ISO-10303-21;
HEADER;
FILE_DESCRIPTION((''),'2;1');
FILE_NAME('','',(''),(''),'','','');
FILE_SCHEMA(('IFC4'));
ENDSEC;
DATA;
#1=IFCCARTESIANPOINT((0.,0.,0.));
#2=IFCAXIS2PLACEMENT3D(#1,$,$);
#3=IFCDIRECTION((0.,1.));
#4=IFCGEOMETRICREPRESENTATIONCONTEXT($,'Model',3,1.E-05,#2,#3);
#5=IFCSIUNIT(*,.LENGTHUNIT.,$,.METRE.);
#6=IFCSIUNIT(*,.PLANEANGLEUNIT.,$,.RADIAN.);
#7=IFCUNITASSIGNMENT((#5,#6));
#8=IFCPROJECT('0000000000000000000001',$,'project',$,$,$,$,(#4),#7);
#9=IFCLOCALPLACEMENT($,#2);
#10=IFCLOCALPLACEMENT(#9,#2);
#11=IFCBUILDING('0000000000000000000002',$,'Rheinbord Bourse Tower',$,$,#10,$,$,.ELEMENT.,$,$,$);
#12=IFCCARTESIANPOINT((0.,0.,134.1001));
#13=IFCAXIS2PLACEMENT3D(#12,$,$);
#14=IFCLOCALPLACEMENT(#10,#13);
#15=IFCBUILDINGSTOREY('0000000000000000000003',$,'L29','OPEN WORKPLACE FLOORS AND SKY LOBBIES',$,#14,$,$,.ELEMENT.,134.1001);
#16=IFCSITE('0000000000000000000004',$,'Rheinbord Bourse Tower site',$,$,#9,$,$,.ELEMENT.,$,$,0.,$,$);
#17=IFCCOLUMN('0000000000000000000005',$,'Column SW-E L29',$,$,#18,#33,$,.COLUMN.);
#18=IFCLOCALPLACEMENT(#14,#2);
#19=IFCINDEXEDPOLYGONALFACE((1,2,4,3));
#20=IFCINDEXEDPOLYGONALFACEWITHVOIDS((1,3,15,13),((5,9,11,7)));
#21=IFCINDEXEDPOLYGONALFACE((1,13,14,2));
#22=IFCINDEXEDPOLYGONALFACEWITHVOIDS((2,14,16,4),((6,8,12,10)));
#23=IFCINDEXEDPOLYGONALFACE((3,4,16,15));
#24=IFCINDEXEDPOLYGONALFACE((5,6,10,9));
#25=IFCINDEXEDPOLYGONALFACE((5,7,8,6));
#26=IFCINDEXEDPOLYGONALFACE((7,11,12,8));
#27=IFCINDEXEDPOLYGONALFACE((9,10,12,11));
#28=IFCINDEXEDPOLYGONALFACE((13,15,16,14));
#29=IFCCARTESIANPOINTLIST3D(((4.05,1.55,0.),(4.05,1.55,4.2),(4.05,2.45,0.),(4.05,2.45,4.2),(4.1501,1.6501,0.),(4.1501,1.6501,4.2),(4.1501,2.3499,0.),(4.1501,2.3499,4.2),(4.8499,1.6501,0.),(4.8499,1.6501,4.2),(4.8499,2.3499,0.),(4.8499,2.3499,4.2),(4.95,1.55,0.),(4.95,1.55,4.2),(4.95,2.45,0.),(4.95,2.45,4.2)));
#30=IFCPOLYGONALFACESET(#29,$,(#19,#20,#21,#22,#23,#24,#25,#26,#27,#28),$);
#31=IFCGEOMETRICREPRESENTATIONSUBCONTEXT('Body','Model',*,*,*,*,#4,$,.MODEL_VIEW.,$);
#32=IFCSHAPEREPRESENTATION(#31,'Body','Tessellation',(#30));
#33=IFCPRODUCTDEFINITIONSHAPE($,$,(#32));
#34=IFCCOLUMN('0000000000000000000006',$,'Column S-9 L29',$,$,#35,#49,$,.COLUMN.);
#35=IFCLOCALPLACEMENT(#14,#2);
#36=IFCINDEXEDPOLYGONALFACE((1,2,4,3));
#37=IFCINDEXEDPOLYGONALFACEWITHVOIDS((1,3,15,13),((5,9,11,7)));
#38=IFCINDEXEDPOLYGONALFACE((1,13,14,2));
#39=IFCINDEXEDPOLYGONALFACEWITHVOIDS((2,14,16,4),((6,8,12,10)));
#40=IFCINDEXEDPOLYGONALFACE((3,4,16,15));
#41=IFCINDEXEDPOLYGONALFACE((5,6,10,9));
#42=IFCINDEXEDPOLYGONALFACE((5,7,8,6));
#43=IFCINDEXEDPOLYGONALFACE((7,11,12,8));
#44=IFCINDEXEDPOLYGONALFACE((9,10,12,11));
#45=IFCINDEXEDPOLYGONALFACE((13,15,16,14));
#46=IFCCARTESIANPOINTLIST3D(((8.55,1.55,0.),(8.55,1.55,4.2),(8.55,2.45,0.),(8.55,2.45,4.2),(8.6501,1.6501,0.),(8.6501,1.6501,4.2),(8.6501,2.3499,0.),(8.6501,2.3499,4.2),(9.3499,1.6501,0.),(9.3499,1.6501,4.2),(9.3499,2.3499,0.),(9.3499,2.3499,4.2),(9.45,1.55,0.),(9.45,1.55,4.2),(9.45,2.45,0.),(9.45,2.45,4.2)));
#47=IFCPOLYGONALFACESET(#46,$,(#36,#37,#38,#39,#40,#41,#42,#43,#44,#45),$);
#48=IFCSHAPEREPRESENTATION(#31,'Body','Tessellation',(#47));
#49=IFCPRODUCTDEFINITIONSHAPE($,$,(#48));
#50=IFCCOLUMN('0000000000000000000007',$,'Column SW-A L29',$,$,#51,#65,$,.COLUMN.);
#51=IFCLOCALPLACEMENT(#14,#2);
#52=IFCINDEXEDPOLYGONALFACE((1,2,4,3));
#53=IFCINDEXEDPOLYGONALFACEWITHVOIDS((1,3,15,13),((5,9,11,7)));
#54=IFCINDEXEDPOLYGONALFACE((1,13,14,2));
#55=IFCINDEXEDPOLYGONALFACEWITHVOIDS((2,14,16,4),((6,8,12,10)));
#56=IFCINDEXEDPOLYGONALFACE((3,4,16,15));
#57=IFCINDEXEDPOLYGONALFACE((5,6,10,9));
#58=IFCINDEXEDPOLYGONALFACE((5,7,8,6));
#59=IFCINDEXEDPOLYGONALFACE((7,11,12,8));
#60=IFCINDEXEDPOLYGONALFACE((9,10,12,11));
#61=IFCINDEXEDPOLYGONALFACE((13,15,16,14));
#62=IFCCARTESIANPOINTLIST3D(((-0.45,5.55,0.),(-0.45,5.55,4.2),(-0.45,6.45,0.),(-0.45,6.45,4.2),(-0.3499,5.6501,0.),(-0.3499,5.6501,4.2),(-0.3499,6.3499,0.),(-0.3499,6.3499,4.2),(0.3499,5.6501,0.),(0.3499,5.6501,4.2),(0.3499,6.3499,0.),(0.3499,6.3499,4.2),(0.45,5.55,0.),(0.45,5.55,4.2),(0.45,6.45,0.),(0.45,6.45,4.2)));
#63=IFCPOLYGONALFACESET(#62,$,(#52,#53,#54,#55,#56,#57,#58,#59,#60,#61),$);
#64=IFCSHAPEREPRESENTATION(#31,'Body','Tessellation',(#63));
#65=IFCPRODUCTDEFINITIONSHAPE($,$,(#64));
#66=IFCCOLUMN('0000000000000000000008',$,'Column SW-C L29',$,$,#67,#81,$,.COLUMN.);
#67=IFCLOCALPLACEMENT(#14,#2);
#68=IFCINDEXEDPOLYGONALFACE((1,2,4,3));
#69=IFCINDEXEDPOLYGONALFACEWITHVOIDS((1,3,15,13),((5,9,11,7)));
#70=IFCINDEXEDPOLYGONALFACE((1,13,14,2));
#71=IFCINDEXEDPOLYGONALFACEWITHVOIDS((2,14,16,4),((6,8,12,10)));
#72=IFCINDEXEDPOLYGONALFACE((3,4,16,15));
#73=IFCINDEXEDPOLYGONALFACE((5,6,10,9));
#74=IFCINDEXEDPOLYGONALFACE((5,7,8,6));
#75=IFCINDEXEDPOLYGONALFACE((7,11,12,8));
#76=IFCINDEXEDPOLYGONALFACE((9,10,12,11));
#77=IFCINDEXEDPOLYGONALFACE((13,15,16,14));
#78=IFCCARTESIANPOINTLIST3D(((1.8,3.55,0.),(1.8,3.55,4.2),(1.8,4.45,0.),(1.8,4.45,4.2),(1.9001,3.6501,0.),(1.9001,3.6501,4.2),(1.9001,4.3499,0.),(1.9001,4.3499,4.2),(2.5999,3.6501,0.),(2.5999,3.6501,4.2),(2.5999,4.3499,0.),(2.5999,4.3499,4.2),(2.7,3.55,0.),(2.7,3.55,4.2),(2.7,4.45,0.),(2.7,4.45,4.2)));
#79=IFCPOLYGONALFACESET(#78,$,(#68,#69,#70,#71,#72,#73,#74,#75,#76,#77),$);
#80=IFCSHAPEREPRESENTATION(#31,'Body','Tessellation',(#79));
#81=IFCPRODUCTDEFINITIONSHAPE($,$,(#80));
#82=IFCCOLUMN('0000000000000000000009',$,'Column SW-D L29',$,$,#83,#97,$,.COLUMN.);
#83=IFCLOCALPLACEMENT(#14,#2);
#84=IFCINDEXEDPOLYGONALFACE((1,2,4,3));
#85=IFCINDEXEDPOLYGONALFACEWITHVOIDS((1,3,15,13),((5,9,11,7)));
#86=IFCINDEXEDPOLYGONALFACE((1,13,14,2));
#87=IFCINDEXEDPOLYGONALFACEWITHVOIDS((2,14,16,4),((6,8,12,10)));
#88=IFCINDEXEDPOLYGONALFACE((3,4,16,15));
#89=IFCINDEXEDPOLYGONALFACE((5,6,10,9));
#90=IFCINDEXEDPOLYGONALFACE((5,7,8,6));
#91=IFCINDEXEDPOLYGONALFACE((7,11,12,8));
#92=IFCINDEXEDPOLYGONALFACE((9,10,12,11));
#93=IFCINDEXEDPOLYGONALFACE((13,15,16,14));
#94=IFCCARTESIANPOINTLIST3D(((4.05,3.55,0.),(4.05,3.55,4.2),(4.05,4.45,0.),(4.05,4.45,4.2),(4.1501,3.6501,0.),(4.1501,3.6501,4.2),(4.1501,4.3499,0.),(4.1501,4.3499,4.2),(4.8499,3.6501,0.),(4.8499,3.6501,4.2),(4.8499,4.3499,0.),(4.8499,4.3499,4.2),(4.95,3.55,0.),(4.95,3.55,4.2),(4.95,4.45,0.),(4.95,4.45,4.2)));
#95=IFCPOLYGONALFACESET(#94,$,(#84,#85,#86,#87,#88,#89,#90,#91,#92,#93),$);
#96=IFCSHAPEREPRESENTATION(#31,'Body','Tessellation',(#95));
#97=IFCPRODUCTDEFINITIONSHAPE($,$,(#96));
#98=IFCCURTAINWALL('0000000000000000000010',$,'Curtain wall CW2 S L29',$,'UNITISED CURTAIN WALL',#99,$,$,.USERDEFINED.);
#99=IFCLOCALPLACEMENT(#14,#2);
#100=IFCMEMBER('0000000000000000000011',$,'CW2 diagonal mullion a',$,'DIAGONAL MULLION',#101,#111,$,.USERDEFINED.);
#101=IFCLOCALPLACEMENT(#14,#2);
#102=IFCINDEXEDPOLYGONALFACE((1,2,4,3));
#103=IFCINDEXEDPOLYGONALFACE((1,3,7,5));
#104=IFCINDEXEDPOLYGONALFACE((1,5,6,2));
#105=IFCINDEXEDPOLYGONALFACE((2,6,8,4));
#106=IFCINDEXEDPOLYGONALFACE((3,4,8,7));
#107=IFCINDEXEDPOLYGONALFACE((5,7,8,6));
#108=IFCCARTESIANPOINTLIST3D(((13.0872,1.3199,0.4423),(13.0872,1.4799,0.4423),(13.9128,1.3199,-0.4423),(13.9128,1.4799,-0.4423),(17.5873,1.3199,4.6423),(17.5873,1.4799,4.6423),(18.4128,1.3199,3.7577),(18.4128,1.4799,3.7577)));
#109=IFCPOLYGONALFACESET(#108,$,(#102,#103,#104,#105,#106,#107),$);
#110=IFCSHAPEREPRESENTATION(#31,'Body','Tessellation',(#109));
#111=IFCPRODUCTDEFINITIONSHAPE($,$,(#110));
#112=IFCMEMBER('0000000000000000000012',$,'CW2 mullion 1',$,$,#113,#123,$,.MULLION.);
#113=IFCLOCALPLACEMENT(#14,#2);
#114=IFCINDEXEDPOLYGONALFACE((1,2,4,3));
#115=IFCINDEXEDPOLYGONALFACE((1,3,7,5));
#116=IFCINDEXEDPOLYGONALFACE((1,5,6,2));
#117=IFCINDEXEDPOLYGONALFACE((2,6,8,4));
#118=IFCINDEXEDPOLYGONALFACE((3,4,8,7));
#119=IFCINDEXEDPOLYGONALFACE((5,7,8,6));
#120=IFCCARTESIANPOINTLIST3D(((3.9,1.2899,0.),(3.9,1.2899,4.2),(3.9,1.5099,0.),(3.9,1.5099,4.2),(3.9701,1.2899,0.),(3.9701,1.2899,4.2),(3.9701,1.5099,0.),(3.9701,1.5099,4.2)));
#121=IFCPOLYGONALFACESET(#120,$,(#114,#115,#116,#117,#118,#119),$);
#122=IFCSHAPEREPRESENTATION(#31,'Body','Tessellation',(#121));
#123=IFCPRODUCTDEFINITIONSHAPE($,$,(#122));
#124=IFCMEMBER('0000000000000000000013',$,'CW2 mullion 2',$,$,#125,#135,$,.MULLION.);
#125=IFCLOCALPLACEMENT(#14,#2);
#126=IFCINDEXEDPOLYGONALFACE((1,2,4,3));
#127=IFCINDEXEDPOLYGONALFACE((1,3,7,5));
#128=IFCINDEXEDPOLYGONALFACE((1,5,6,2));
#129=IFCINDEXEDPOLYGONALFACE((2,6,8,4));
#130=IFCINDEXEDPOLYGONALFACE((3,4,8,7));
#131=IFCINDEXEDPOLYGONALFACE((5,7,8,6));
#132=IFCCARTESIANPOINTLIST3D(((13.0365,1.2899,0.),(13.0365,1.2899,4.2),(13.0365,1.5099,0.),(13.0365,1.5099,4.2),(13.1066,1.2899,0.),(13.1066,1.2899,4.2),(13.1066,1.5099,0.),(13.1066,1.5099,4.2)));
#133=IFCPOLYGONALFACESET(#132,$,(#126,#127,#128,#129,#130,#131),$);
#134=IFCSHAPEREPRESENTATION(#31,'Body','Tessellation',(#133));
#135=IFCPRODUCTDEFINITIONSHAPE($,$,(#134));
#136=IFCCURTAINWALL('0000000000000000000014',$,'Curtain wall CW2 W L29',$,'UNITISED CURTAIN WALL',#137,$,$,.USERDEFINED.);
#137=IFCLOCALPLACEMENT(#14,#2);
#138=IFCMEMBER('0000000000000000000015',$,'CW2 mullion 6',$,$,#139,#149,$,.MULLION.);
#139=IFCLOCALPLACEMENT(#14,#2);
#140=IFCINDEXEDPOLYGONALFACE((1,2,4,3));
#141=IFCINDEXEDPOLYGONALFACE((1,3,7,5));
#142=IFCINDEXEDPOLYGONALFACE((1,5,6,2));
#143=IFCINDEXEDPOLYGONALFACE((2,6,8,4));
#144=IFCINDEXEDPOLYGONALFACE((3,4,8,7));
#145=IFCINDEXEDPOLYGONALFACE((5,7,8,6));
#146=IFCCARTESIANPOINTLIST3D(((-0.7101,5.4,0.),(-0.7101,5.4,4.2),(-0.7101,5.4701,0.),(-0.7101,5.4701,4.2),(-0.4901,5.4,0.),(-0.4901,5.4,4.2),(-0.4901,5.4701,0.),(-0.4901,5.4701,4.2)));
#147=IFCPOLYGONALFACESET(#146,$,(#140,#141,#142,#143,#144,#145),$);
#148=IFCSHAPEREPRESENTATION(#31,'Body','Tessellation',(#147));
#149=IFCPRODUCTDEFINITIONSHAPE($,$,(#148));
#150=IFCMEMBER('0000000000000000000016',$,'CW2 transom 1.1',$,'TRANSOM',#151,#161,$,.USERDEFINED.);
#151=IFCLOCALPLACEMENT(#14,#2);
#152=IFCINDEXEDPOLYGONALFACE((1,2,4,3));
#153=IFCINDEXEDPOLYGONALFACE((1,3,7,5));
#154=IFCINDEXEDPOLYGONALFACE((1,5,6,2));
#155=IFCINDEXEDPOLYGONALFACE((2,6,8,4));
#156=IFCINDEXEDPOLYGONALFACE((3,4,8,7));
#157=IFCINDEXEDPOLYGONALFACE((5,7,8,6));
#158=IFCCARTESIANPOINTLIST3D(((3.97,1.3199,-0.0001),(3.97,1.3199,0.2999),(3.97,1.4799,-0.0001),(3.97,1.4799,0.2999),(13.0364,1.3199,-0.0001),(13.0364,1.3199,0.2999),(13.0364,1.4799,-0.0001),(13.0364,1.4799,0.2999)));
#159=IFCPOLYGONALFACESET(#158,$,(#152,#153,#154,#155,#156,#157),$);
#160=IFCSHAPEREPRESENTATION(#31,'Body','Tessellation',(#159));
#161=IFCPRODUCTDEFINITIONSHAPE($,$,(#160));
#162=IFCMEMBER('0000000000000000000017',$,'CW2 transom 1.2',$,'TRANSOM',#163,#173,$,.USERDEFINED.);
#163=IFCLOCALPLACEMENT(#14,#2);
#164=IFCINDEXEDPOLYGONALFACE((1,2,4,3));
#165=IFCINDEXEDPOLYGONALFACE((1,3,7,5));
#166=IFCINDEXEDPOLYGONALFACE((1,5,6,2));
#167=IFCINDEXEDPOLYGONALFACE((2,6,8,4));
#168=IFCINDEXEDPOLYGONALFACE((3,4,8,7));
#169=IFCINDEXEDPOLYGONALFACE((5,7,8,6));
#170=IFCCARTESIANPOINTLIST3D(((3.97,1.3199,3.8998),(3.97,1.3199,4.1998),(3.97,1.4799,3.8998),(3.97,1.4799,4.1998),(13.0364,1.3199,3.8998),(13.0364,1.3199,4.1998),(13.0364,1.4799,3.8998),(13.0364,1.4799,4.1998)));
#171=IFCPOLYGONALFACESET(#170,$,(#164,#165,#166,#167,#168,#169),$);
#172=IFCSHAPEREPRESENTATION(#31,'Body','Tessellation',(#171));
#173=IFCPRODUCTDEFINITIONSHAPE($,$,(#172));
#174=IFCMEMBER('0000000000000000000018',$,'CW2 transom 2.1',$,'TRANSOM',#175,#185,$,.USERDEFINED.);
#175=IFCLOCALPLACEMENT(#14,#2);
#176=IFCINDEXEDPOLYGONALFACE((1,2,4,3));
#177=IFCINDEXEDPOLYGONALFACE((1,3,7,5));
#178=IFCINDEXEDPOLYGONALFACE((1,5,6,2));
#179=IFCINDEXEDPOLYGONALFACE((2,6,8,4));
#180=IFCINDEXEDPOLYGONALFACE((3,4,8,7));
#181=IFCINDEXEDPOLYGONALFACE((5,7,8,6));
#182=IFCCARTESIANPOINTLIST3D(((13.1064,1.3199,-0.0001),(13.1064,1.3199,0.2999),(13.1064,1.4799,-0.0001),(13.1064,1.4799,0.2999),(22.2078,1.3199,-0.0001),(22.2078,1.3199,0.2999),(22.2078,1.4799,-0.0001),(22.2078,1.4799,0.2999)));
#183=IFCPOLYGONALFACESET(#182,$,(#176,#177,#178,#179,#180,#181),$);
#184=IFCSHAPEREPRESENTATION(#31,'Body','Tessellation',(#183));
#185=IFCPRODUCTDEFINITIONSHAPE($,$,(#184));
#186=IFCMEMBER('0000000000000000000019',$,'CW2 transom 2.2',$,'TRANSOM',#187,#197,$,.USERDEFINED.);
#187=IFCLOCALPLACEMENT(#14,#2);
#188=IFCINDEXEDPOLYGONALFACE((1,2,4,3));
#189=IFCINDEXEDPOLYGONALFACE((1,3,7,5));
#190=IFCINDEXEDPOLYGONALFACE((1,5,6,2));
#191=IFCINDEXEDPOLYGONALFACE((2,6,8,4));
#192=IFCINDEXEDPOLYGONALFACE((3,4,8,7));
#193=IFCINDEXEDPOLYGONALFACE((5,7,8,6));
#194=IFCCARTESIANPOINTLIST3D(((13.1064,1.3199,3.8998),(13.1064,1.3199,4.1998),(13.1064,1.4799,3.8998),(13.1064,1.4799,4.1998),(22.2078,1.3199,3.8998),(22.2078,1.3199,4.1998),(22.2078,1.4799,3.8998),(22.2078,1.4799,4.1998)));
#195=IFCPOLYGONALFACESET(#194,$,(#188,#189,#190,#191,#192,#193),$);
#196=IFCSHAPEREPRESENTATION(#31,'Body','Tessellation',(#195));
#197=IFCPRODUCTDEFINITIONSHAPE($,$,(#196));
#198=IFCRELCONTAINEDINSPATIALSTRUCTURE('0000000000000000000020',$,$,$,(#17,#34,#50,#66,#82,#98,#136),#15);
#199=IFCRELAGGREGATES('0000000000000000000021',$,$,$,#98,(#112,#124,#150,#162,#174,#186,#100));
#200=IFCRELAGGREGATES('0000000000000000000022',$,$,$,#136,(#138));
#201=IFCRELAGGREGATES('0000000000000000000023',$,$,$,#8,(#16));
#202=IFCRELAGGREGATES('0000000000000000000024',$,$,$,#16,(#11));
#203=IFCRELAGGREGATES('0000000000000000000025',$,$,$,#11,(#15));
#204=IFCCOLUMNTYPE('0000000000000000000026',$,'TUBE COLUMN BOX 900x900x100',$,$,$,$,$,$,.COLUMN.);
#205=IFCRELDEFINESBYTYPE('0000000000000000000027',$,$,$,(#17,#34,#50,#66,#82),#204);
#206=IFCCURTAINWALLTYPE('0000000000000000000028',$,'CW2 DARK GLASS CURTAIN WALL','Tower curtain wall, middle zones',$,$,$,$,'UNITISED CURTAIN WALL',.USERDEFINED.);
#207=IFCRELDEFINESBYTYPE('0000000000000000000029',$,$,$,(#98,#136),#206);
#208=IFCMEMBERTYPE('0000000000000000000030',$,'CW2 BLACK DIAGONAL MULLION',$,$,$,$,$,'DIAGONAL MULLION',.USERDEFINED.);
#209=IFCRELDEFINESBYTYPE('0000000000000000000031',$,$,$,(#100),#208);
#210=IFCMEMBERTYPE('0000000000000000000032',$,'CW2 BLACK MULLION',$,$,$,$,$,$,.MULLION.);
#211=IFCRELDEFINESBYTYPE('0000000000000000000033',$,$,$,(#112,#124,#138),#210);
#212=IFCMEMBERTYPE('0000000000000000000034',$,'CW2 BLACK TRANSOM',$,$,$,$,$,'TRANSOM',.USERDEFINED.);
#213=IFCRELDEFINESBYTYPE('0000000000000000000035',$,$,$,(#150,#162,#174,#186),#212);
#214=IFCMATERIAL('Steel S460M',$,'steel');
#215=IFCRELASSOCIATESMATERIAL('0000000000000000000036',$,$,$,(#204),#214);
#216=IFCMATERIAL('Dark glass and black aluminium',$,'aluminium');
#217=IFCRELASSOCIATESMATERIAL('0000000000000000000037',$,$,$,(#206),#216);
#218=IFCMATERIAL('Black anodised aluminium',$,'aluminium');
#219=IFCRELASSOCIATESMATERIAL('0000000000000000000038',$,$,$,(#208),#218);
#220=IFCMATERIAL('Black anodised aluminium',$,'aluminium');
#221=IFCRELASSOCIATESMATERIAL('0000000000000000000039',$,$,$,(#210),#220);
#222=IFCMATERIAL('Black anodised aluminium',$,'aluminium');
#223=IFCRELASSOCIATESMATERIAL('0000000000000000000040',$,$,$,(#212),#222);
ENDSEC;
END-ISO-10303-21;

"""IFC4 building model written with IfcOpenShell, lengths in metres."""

from ifc_helpers import new_model, si_unit, direction, frame, origin, origin_2d, place, context, subcontext, project, spatial, rectangle, hollow_rectangle, extrude, material, material_profile, profile_set, type_object, element, aggregate, save


model = new_model("IFC4")

# Units and contexts
model_context = context("Model", 3, precision=1e-05, world=origin(), true_north=direction((0.0, 1.0)))
body_context = subcontext(model_context, "Body", "Model", "MODEL_VIEW")
ifc_project = project(units=[si_unit("LENGTHUNIT", "METRE"), si_unit("PLANEANGLEUNIT", "RADIAN")], contexts=[model_context])

# Site, building, storey
site_placement = place(None, origin())
site = spatial("IfcSite", under=ifc_project, at=site_placement, Name="Rheinbord Bourse Tower site", CompositionType="ELEMENT", RefElevation=0.0)
building_placement = place(site_placement, origin())
building = spatial("IfcBuilding", under=site, at=building_placement, Name="Rheinbord Bourse Tower", CompositionType="ELEMENT")
storey_placement = place(building_placement, frame((0.0, 0.0, 134.1001)))
storey = spatial("IfcBuildingStorey", under=building, at=storey_placement, Name="L29", Description="OPEN WORKPLACE FLOORS AND SKY LOBBIES", CompositionType="ELEMENT", Elevation=134.1001)

# Columns
ifc_material_1 = material(Name="Steel S460M", Category="steel")
ifc_material_profile_1 = material_profile(ifc_material_1, hollow_rectangle(XDim=0.8999, YDim=0.8999, WallThickness=0.1001, at=origin_2d()), Name="BOX 900x900x100")
ifc_profile_set_1 = profile_set([ifc_material_profile_1], Name="Steel S460M")
column_type = type_object("IfcColumnType", Name="TUBE COLUMN BOX 900x900x100", PredefinedType="COLUMN", material=ifc_profile_set_1)
for number, where, z_axis, x_axis, name in (
    (1, (4.5, 2.0, 0.0), (0.0, 0.0, 1.0), (0.0, 1.0, 0.0), "Column SW-E L29"),
    (2, (9.0, 2.0, 0.0), (0.0, 0.0, 1.0), (0.0, 1.0, 0.0), "Column S-9 L29"),
    (3, (0.0, 6.0, 0.0), (0.0, 0.0, 1.0), (1.0, 0.0, 0.0), "Column SW-A L29"),
    (4, (2.25, 4.0, 0.0), (0.0, 0.0, 1.0), (1.0, 0.0, 0.0), "Column SW-C L29"),
    (5, (4.5, 4.0, 0.0), (0.0, 0.0, 1.0), (0.0, 1.0, 0.0), "Column SW-D L29"),
):
    element("IfcColumn", number, at=place(storey_placement, frame(where, z_axis=z_axis, x_axis=x_axis)), inside=storey, type_object=column_type, Name=name, PredefinedType="COLUMN", context=body_context, shape_type="SweptSolid", body=[
        extrude(hollow_rectangle(XDim=0.8999, YDim=0.8999, WallThickness=0.1001, at=origin_2d()), origin(), (0.0, 0.0, 1.0), 4.2),
    ])

# Curtain wall, members
ifc_material_2 = material(Name="Dark glass and black aluminium", Category="aluminium")
curtain_wall_type = type_object("IfcCurtainWallType", Name="CW2 DARK GLASS CURTAIN WALL", Description="Tower curtain wall, middle zones", ElementType="UNITISED CURTAIN WALL", PredefinedType="USERDEFINED", material=ifc_material_2)
curtain_wall_1_placement = place(storey_placement, origin())
curtain_wall_1 = element("IfcCurtainWall", 6, at=curtain_wall_1_placement, inside=storey, type_object=curtain_wall_type, Name="Curtain wall CW2 S L29", ObjectType="UNITISED CURTAIN WALL", PredefinedType="USERDEFINED")
ifc_material_3 = material(Name="Black anodised aluminium", Category="aluminium")
ifc_material_profile_2 = material_profile(ifc_material_3, rectangle(XDim=0.1599, YDim=1.21, at=origin_2d()), Name="CW2 DIAGONAL MULLION 1210x160")
ifc_profile_set_2 = profile_set([ifc_material_profile_2], Name="Black anodised aluminium")
member_type_1 = type_object("IfcMemberType", Name="CW2 BLACK DIAGONAL MULLION", ElementType="DIAGONAL MULLION", PredefinedType="USERDEFINED", material=ifc_profile_set_2)
member_1_placement = place(storey_placement, frame((13.5, 1.3999, 0.0), z_axis=(0.731059, 0.0, 0.682314), x_axis=(0.0, 1.0, 0.0)))
member_1 = element("IfcMember", 7, at=member_1_placement, type_object=member_type_1, Name="CW2 diagonal mullion a", ObjectType="DIAGONAL MULLION", PredefinedType="USERDEFINED", context=body_context, shape_type="SweptSolid", body=[
    extrude(rectangle(XDim=0.1599, YDim=1.21, at=origin_2d()), origin(), (0.0, 0.0, 1.0), 6.1555),
])
ifc_material_4 = material(Name="Black anodised aluminium", Category="aluminium")
ifc_material_profile_3 = material_profile(ifc_material_4, rectangle(XDim=0.22, YDim=0.0701, at=origin_2d()), Name="CW2 MULLION 70x220")
ifc_profile_set_3 = profile_set([ifc_material_profile_3], Name="Black anodised aluminium")
member_type_2 = type_object("IfcMemberType", Name="CW2 BLACK MULLION", PredefinedType="MULLION", material=ifc_profile_set_3)
member_2_placement = place(storey_placement, frame((3.9351, 1.3999, 0.0), z_axis=(0.0, 0.0, 1.0), x_axis=(0.0, 1.0, 0.0)))
member_2 = element("IfcMember", 8, at=member_2_placement, type_object=member_type_2, Name="CW2 mullion 1", PredefinedType="MULLION", context=body_context, shape_type="SweptSolid", body=[
    extrude(rectangle(XDim=0.22, YDim=0.0701, at=origin_2d()), origin(), (0.0, 0.0, 1.0), 4.2),
])
member_3_placement = place(storey_placement, frame((13.0715, 1.3999, 0.0), z_axis=(0.0, 0.0, 1.0), x_axis=(0.0, 1.0, 0.0)))
member_3 = element("IfcMember", 9, at=member_3_placement, type_object=member_type_2, Name="CW2 mullion 2", PredefinedType="MULLION", context=body_context, shape_type="SweptSolid", body=[
    extrude(rectangle(XDim=0.22, YDim=0.0701, at=origin_2d()), origin(), (0.0, 0.0, 1.0), 4.2),
])

# Curtain wall, member
curtain_wall_2_placement = place(storey_placement, origin())
curtain_wall_2 = element("IfcCurtainWall", 10, at=curtain_wall_2_placement, inside=storey, type_object=curtain_wall_type, Name="Curtain wall CW2 W L29", ObjectType="UNITISED CURTAIN WALL", PredefinedType="USERDEFINED")
member_4_placement = place(storey_placement, frame((-0.6001, 5.4351, 0.0), z_axis=(0.0, 0.0, 1.0), x_axis=(1.0, 0.0, 0.0)))
member_4 = element("IfcMember", 11, at=member_4_placement, type_object=member_type_2, Name="CW2 mullion 6", PredefinedType="MULLION", context=body_context, shape_type="SweptSolid", body=[
    extrude(rectangle(XDim=0.22, YDim=0.0701, at=origin_2d()), origin(), (0.0, 0.0, 1.0), 4.2),
])

# Members
ifc_material_5 = material(Name="Black anodised aluminium", Category="aluminium")
ifc_material_profile_4 = material_profile(ifc_material_5, rectangle(XDim=0.1599, YDim=0.3, at=origin_2d()), Name="CW2 TRANSOM 300x160")
ifc_profile_set_4 = profile_set([ifc_material_profile_4], Name="Black anodised aluminium")
member_type_3 = type_object("IfcMemberType", Name="CW2 BLACK TRANSOM", ElementType="TRANSOM", PredefinedType="USERDEFINED", material=ifc_profile_set_4)
member_5_placement = place(storey_placement, frame((3.97, 1.3999, 0.1499), z_axis=(1.0, 0.0, 0.0), x_axis=(0.0, 1.0, 0.0)))
member_5 = element("IfcMember", 12, at=member_5_placement, type_object=member_type_3, Name="CW2 transom 1.1", ObjectType="TRANSOM", PredefinedType="USERDEFINED", context=body_context, shape_type="SweptSolid", body=[
    extrude(rectangle(XDim=0.1599, YDim=0.3, at=origin_2d()), origin(), (0.0, 0.0, 1.0), 9.0664),
])
member_6_placement = place(storey_placement, frame((3.97, 1.3999, 4.0498), z_axis=(1.0, 0.0, 0.0), x_axis=(0.0, 1.0, 0.0)))
member_6 = element("IfcMember", 13, at=member_6_placement, type_object=member_type_3, Name="CW2 transom 1.2", ObjectType="TRANSOM", PredefinedType="USERDEFINED", context=body_context, shape_type="SweptSolid", body=[
    extrude(rectangle(XDim=0.1599, YDim=0.3, at=origin_2d()), origin(), (0.0, 0.0, 1.0), 9.0664),
])
member_7_placement = place(storey_placement, frame((13.1064, 1.3999, 0.1499), z_axis=(1.0, 0.0, 0.0), x_axis=(0.0, 1.0, 0.0)))
member_7 = element("IfcMember", 14, at=member_7_placement, type_object=member_type_3, Name="CW2 transom 2.1", ObjectType="TRANSOM", PredefinedType="USERDEFINED", context=body_context, shape_type="SweptSolid", body=[
    extrude(rectangle(XDim=0.1599, YDim=0.3, at=origin_2d()), origin(), (0.0, 0.0, 1.0), 9.1013),
])
member_8_placement = place(storey_placement, frame((13.1064, 1.3999, 4.0498), z_axis=(1.0, 0.0, 0.0), x_axis=(0.0, 1.0, 0.0)))
member_8 = element("IfcMember", 15, at=member_8_placement, type_object=member_type_3, Name="CW2 transom 2.2", ObjectType="TRANSOM", PredefinedType="USERDEFINED", context=body_context, shape_type="SweptSolid", body=[
    extrude(rectangle(XDim=0.1599, YDim=0.3, at=origin_2d()), origin(), (0.0, 0.0, 1.0), 9.1013),
])

aggregate(curtain_wall_1, [member_2, member_3, member_5, member_6, member_7, member_8, member_1])
aggregate(curtain_wall_2, [member_4])

save(model, "model.ifc")
